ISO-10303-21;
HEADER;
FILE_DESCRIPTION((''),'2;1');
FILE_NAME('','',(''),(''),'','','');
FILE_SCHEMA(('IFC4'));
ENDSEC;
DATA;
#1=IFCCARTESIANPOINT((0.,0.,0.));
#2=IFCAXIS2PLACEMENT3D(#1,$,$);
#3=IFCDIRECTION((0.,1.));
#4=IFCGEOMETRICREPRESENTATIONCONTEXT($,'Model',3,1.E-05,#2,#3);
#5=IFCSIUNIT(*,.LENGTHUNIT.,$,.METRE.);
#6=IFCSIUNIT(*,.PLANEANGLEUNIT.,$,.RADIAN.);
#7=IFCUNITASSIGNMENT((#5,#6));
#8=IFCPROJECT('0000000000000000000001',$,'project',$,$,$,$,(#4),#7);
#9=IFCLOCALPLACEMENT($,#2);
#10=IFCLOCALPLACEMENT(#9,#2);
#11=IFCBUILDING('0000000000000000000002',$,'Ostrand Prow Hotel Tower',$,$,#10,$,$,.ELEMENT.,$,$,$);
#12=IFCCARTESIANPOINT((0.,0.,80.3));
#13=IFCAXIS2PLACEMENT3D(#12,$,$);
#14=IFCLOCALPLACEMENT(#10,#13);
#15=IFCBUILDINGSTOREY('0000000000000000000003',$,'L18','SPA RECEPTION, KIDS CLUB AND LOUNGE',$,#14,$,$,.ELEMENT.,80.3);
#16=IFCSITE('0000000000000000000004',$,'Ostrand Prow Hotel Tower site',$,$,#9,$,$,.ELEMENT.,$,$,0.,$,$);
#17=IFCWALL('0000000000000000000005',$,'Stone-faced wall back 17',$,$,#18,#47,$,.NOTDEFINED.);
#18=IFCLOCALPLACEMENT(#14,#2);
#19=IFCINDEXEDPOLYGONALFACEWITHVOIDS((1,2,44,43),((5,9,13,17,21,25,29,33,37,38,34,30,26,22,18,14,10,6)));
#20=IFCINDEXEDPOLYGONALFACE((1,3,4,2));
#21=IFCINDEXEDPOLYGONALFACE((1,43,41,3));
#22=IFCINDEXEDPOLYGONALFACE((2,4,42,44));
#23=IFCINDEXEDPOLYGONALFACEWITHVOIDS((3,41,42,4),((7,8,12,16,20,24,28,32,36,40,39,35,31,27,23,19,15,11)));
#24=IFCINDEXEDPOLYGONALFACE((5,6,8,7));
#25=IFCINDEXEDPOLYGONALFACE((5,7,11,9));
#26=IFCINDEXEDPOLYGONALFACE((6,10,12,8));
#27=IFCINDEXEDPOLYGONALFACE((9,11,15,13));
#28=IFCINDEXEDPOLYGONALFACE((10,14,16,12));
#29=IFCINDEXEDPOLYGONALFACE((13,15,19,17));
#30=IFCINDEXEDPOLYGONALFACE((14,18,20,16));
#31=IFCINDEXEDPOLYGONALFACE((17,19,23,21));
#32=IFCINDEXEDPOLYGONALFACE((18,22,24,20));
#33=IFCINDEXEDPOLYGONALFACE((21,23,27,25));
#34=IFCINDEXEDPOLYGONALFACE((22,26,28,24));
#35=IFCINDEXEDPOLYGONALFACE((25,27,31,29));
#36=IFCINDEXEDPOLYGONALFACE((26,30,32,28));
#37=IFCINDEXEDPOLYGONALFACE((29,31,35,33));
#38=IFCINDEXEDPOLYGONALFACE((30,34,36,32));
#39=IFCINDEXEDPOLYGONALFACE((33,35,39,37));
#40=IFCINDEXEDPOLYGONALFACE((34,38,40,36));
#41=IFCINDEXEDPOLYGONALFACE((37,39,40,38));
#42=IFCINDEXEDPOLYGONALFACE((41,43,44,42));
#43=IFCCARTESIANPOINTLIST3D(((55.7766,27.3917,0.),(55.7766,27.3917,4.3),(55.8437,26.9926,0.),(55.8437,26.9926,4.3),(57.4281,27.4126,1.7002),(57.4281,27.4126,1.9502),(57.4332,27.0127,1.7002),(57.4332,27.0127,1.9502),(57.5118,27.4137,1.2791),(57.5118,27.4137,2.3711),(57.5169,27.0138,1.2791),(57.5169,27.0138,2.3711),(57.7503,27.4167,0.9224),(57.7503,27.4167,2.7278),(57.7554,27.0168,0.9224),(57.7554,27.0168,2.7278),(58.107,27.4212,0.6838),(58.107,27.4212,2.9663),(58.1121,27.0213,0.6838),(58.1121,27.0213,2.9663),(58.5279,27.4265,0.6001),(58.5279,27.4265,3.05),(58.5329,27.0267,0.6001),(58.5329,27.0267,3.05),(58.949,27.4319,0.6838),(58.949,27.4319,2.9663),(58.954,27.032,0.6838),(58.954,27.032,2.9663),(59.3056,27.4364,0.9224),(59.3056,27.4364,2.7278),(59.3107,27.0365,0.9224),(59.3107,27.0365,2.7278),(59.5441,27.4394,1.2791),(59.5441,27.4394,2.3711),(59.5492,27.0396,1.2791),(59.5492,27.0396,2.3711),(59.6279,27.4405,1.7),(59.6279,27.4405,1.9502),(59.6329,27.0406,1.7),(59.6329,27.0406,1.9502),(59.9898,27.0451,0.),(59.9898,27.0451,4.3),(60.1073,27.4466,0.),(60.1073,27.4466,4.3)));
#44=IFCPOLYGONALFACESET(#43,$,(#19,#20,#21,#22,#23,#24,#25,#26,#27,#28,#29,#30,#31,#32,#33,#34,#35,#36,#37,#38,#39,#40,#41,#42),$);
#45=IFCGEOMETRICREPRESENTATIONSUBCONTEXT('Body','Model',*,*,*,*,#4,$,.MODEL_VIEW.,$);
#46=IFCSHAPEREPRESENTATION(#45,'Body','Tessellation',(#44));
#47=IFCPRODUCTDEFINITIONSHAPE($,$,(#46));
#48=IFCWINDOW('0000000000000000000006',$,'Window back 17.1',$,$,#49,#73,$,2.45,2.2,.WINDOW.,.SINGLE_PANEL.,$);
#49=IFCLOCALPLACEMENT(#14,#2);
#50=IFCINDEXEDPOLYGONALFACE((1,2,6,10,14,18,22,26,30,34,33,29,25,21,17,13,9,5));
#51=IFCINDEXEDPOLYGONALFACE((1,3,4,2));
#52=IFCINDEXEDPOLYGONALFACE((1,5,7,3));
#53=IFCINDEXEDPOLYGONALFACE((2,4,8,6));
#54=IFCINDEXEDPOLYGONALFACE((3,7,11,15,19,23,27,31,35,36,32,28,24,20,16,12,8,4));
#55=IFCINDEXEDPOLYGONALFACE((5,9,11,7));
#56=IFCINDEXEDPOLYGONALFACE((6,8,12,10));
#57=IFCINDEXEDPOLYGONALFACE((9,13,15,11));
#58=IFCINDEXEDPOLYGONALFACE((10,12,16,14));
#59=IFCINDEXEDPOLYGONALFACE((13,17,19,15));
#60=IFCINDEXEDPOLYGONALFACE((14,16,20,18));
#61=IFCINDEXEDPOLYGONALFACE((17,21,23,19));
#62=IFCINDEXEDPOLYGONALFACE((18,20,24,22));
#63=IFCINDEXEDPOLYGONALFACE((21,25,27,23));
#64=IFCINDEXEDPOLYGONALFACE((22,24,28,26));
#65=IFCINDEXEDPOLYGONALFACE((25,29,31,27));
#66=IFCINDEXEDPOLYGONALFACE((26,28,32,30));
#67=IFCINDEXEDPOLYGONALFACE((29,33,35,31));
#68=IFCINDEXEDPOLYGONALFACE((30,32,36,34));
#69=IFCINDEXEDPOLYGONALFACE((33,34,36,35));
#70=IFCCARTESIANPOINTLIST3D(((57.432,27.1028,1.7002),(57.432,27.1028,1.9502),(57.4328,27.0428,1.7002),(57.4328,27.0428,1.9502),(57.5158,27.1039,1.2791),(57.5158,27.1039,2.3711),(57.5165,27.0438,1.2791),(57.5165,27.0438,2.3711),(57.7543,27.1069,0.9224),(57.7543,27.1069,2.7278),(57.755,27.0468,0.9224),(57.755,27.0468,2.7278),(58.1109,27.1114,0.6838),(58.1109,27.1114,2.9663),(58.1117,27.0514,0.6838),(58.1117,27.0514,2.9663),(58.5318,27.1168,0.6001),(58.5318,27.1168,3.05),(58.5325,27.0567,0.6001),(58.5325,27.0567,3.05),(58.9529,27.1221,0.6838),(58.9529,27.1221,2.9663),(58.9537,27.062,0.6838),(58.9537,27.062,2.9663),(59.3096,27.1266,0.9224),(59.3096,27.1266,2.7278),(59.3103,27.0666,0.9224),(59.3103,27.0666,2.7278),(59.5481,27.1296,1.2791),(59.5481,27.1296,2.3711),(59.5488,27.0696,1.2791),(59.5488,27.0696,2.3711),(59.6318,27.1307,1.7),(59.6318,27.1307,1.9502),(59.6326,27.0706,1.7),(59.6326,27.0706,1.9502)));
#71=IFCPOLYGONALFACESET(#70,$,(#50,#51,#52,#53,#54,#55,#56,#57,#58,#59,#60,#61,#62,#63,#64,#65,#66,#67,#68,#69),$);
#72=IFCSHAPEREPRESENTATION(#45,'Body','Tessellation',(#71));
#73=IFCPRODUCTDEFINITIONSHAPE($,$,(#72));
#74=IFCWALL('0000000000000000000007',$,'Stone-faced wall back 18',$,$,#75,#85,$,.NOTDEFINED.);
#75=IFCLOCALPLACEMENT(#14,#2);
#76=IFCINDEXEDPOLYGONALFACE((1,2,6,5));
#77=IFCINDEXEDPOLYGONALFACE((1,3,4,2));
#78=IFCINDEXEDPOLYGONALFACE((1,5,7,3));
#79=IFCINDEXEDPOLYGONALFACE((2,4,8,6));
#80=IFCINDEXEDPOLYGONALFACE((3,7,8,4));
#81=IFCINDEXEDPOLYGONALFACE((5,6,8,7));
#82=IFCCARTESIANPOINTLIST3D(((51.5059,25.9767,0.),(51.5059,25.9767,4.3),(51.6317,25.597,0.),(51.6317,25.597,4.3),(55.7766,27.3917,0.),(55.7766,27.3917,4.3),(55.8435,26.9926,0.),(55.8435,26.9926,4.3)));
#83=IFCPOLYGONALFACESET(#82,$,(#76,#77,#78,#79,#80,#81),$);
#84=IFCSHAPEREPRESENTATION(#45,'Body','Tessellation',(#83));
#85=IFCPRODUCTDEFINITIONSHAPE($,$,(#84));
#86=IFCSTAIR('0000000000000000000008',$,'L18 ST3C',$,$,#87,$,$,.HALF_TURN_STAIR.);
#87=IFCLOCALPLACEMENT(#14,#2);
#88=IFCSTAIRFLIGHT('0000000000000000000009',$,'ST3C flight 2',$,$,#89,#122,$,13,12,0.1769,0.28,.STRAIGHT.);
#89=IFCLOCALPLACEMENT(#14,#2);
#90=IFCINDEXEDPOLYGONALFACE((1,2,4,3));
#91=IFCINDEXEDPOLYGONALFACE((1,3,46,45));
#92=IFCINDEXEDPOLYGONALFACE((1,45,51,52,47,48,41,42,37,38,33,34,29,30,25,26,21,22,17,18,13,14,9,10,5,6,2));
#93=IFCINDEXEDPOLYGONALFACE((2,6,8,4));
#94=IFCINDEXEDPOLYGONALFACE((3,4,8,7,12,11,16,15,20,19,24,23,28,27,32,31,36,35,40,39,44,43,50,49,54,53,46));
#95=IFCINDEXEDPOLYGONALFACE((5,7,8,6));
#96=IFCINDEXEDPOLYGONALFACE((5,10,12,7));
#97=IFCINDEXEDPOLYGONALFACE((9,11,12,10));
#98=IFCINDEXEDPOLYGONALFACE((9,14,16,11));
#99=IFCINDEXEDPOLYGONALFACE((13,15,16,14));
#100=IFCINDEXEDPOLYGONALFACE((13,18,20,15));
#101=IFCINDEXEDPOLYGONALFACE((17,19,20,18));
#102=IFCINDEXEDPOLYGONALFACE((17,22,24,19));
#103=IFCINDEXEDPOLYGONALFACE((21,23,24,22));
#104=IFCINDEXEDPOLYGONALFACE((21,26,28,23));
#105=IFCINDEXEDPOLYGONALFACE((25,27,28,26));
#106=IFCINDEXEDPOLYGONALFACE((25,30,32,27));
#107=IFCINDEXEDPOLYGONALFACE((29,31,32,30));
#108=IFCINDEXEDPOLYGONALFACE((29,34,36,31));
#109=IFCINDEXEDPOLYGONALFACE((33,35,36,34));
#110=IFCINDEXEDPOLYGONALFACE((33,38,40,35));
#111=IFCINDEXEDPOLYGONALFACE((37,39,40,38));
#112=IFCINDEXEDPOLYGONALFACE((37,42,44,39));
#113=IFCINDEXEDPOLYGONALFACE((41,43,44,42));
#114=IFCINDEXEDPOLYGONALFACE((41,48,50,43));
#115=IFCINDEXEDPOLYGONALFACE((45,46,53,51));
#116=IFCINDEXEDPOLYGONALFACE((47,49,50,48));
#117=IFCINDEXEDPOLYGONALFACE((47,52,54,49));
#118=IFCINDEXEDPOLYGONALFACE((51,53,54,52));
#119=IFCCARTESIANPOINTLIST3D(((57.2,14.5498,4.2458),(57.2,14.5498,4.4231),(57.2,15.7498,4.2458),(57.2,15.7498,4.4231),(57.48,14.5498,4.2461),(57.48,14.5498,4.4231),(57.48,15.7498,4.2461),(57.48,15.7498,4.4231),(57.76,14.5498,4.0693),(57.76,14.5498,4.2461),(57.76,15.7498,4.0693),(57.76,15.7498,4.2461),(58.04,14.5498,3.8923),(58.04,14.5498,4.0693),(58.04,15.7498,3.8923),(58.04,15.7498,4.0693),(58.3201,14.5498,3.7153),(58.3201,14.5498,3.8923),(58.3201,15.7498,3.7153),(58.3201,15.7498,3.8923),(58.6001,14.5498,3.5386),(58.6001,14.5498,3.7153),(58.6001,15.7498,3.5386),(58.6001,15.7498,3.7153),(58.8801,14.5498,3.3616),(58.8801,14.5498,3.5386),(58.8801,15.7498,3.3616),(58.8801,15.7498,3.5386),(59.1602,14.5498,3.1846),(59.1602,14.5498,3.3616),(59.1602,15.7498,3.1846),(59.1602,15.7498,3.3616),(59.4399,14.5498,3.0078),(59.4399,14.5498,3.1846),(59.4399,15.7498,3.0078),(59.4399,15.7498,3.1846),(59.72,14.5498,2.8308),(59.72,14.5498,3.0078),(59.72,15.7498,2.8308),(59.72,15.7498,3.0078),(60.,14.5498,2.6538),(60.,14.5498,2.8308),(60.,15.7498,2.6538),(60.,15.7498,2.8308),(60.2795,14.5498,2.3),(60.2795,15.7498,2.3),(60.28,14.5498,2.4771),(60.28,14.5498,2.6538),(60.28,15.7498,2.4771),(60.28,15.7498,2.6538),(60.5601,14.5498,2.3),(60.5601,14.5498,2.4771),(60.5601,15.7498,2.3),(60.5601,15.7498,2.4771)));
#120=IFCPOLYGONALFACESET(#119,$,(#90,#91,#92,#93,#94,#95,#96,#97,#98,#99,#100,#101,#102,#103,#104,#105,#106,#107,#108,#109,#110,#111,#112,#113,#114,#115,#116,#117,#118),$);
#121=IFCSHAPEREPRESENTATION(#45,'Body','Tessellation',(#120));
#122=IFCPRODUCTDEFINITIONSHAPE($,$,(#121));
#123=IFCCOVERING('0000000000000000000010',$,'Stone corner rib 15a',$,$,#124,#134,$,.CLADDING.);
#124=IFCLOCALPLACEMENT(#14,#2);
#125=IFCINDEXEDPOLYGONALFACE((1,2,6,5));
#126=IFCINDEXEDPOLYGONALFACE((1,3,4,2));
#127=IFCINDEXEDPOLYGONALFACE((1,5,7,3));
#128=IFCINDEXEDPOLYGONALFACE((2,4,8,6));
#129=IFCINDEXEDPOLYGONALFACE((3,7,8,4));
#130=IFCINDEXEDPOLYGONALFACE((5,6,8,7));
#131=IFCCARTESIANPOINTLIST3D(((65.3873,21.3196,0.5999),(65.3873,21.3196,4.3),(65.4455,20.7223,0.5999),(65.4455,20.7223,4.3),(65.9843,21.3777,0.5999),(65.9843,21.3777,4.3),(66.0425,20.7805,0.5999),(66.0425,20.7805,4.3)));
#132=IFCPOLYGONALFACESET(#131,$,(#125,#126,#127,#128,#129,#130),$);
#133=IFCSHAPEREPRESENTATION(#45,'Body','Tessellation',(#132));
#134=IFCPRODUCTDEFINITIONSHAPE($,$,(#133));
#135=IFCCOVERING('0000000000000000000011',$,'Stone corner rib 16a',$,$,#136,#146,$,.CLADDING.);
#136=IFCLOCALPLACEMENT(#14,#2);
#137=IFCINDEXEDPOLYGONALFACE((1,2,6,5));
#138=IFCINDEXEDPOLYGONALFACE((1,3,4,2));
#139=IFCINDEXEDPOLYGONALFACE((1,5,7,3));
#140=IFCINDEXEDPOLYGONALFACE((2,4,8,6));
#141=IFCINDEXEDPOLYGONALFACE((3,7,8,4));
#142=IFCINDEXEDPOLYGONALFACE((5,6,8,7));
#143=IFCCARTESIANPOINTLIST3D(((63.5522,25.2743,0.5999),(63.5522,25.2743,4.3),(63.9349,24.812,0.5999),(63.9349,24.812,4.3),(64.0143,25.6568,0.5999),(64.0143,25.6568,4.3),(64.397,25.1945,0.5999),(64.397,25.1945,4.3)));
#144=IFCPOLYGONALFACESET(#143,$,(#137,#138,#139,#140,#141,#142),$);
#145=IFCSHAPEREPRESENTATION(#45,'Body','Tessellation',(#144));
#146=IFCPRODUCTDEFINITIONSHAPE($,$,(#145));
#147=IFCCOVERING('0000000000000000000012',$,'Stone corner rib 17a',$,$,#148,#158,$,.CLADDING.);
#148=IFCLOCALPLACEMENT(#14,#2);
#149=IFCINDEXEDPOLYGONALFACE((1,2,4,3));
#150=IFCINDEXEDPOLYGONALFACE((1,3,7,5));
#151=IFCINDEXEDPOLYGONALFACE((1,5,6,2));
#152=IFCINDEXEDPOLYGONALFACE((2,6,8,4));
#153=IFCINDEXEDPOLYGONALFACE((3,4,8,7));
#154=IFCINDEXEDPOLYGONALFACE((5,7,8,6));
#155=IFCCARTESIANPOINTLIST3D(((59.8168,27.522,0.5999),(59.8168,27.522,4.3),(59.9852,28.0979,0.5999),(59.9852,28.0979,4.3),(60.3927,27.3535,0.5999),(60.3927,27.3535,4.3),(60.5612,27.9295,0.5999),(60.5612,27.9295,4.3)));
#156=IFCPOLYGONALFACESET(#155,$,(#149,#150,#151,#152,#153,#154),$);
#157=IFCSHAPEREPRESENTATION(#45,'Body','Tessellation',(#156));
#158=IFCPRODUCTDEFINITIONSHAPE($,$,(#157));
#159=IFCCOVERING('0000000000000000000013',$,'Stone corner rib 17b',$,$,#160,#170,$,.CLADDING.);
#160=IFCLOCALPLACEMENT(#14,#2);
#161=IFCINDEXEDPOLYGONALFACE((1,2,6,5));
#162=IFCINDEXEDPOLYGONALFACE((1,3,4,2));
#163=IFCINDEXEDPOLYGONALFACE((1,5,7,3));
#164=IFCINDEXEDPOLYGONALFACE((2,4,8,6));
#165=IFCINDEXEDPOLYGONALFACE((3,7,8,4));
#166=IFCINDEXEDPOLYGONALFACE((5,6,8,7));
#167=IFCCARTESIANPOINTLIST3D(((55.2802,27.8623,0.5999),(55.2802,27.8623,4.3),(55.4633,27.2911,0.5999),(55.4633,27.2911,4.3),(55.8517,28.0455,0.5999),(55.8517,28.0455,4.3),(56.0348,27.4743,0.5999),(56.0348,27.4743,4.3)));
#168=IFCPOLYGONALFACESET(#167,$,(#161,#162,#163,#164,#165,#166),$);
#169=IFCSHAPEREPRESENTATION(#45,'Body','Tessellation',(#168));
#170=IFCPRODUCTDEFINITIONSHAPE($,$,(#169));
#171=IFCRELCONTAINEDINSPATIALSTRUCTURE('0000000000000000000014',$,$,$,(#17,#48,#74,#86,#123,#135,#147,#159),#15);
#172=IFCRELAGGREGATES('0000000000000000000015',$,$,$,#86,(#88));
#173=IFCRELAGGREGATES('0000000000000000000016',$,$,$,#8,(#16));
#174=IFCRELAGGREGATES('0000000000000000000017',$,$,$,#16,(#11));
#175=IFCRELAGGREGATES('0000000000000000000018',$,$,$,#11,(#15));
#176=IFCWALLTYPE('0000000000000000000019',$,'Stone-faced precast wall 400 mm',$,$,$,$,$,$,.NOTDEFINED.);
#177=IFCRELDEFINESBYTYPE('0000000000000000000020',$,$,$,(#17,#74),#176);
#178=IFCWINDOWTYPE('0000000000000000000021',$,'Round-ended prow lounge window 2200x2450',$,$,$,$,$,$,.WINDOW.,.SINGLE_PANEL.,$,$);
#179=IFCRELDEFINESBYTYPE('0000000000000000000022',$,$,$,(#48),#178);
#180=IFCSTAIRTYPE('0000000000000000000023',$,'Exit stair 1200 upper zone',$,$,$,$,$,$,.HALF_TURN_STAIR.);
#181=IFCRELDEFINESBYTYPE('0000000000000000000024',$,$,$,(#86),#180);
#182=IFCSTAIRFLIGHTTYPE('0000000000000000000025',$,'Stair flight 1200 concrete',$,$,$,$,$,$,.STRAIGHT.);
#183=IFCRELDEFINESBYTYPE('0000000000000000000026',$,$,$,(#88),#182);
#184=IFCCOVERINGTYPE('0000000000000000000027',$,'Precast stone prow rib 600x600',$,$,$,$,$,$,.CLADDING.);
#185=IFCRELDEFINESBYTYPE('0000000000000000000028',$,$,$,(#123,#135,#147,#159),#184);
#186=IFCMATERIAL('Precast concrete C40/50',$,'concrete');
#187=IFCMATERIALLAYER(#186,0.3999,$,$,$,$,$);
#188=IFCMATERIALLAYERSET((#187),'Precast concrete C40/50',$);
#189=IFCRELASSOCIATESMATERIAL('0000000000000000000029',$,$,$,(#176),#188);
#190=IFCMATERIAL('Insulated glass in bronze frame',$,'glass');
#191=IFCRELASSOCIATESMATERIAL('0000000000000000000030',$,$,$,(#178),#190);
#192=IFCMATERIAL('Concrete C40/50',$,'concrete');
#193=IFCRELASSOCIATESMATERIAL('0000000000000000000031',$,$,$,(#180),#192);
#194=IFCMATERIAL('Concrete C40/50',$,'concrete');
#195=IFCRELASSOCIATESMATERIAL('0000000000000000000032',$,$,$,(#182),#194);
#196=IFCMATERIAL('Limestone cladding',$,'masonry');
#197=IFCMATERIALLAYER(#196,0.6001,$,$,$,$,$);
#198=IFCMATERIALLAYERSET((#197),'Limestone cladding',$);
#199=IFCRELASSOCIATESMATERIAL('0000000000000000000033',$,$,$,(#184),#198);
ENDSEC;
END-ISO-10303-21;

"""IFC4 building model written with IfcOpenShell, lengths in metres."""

from ifc_helpers import new_model, si_unit, direction, frame, frame_2d, origin, place, context, subcontext, project, spatial, polyline, rectangle, outline, extrude, material, layer, layer_set, type_object, element, fill, aggregate, save


model = new_model("IFC4")

# Units and contexts
model_context = context("Model", 3, precision=1e-05, world=origin(), true_north=direction((0.0, 1.0)))
body_context = subcontext(model_context, "Body", "Model", "MODEL_VIEW")
ifc_project = project(units=[si_unit("LENGTHUNIT", "METRE"), si_unit("PLANEANGLEUNIT", "RADIAN")], contexts=[model_context])

# Site, building, storey
site_placement = place(None, origin())
site = spatial("IfcSite", under=ifc_project, at=site_placement, Name="Ostrand Prow Hotel Tower site", CompositionType="ELEMENT", RefElevation=0.0)
building_placement = place(site_placement, origin())
building = spatial("IfcBuilding", under=site, at=building_placement, Name="Ostrand Prow Hotel Tower", CompositionType="ELEMENT")
storey_placement = place(building_placement, frame((0.0, 0.0, 80.3)))
storey = spatial("IfcBuildingStorey", under=building, at=storey_placement, Name="L18", Description="SPA RECEPTION, KIDS CLUB AND LOUNGE", CompositionType="ELEMENT", Elevation=80.3)

# Shared definitions
ifc_material_1 = material(Name="Precast concrete C40/50", Category="concrete")
ifc_layer_1 = layer(ifc_material_1, 0.3999)
ifc_layer_set_1 = layer_set([ifc_layer_1], Name="Precast concrete C40/50")
wall_type_1 = type_object("IfcWallType", Name="Stone-faced precast wall 400 mm", PredefinedType="NOTDEFINED", material=ifc_layer_set_1)

# Wall, opening, window
ifc_material_2 = material(Name="Insulated glass in bronze frame", Category="glass")
window_type_1 = type_object("IfcWindowType", Name="Round-ended prow lounge window 2200x2450", PartitioningType="SINGLE_PANEL", PredefinedType="WINDOW", material=ifc_material_2)
wall_1_placement = place(storey_placement, frame((60.0486, 27.2458, 0.0), z_axis=(0.0, 0.0, 1.0), x_axis=(-0.99992, -0.012671, 0.0)))
wall_1 = element("IfcWall", 1, at=wall_1_placement, inside=storey, type_object=wall_type_1, Name="Stone-faced wall back 17", PredefinedType="NOTDEFINED", context=body_context, shape_type="SweptSolid", body=[
    extrude(outline(polyline([(-0.0613, -0.2), (4.2698, -0.2), (4.2078, 0.2), (0.0613, 0.2), (-0.0613, -0.2)])), origin(), (0.0, 0.0, 1.0), 4.3),
])
opening_1_placement = place(wall_1_placement, frame((0.4182, 0.0, 0.6001)))
opening_1 = element("IfcOpeningElement", 2, at=opening_1_placement, cuts=wall_1, PredefinedType="OPENING", context=body_context, shape_type="SweptSolid", body=[
    extrude(outline(polyline([(0.0, 1.3501), (0.0837, 1.771), (0.3223, 2.1277), (0.679, 2.3662), (1.1001, 2.45), (1.521, 2.3662), (1.8777, 2.1277), (2.1162, 1.771), (2.2, 1.3501), (2.2, 1.1001), (2.1162, 0.679), (1.8777, 0.3223), (1.521, 0.0837), (1.1001, 0.0), (0.679, 0.0837), (0.3223, 0.3223), (0.0837, 0.679), (0.0, 1.0999), (0.0, 1.3501)])), frame((0.0, 0.21, 0.0), z_axis=(0.0, -1.0, 0.0), x_axis=(1.0, 0.0, 0.0)), (0.0, 0.0, 1.0), 0.4199),
])
window_1_placement = place(opening_1_placement, origin())
window_1 = element("IfcWindow", 3, at=window_1_placement, inside=storey, type_object=window_type_1, Name="Window back 17.1", OverallHeight=2.45, OverallWidth=2.2, PartitioningType="SINGLE_PANEL", PredefinedType="WINDOW", context=body_context, shape_type="SweptSolid", body=[
    extrude(outline(polyline([(0.0, 1.3501), (0.0837, 1.771), (0.3223, 2.1277), (0.679, 2.3662), (1.1001, 2.45), (1.521, 2.3662), (1.8777, 2.1277), (2.1162, 1.771), (2.2, 1.3501), (2.2, 1.1001), (2.1162, 0.679), (1.8777, 0.3223), (1.521, 0.0837), (1.1001, 0.0), (0.679, 0.0837), (0.3223, 0.3223), (0.0837, 0.679), (0.0, 1.0999), (0.0, 1.3501)])), frame((0.0, 0.1699, 0.0), z_axis=(0.0, -1.0, 0.0), x_axis=(1.0, 0.0, 0.0)), (0.0, 0.0, 1.0), 0.0601),
])
fill(opening_1, window_1)

# Wall
wall_2_placement = place(storey_placement, frame((55.8101, 27.1921, 0.0), z_axis=(0.0, 0.0, 1.0), x_axis=(-0.94925, -0.314522, 0.0)))
element("IfcWall", 4, at=wall_2_placement, inside=storey, type_object=wall_type_1, Name="Stone-faced wall back 18", PredefinedType="NOTDEFINED", context=body_context, shape_type="SweptSolid", body=[
    extrude(outline(polyline([(-0.031, -0.2), (4.468, -0.2), (4.468, 0.2), (0.031, 0.2), (-0.031, -0.2)])), origin(), (0.0, 0.0, 1.0), 4.3),
])

# Stair, stair flight
ifc_material_3 = material(Name="Concrete C40/50", Category="concrete")
stair_type = type_object("IfcStairType", Name="Exit stair 1200 upper zone", PredefinedType="HALF_TURN_STAIR", material=ifc_material_3)
stair_placement = place(storey_placement, origin())
stair = element("IfcStair", 5, at=stair_placement, inside=storey, type_object=stair_type, Name="L18 ST3C", PredefinedType="HALF_TURN_STAIR")
ifc_material_4 = material(Name="Concrete C40/50", Category="concrete")
stair_flight_type = type_object("IfcStairFlightType", Name="Stair flight 1200 concrete", PredefinedType="STRAIGHT", material=ifc_material_4)
stair_flight_placement = place(storey_placement, frame((60.5601, 15.1499, 2.3), z_axis=(0.0, 0.0, 1.0), x_axis=(-1.0, 0.0, 0.0)))
stair_flight = element("IfcStairFlight", 6, at=stair_flight_placement, type_object=stair_flight_type, Name="ST3C flight 2", NumberOfRisers=13, NumberOfTreads=12, PredefinedType="STRAIGHT", RiserHeight=0.1769, TreadLength=0.28, context=body_context, shape_type="SweptSolid", body=[
    extrude(outline(polyline([(0.0, 0.0), (0.0, 0.177), (0.28, 0.177), (0.28, 0.3538), (0.5601, 0.3538), (0.5601, 0.5308), (0.8401, 0.5308), (0.8401, 0.7078), (1.1201, 0.7078), (1.1201, 0.8845), (1.3999, 0.8845), (1.3999, 1.0615), (1.6799, 1.0615), (1.6799, 1.2385), (1.96, 1.2385), (1.96, 1.4153), (2.24, 1.4153), (2.24, 1.5923), (2.52, 1.5923), (2.52, 1.7693), (2.8, 1.7693), (2.8, 1.946), (3.0801, 1.946), (3.0801, 2.123), (3.3601, 2.123), (3.3601, 2.3), (3.3601, 1.9458), (0.2805, 0.0), (0.0, 0.0)])), frame((0.0, 0.6001, 0.0), z_axis=(0.0, -1.0, 0.0), x_axis=(1.0, 0.0, 0.0)), (0.0, 0.0, 1.0), 1.2),
])
aggregate(stair, [stair_flight])

# Coverings
ifc_material_5 = material(Name="Limestone cladding", Category="masonry")
ifc_layer_2 = layer(ifc_material_5, 0.6001)
ifc_layer_set_2 = layer_set([ifc_layer_2], Name="Limestone cladding")
covering_type = type_object("IfcCoveringType", Name="Precast stone prow rib 600x600", PredefinedType="CLADDING", material=ifc_layer_set_2)
for number, where, z_axis, x_axis, name in (
    (7, (65.4165, 21.021, 0.5999), (0.0, 0.0, 1.0), (0.995296, 0.096884, 0.0), "Stone corner rib 15a"),
    (8, (63.7437, 25.0432, 0.5999), (0.0, 0.0, 1.0), (0.770319, 0.637659, 0.0), "Stone corner rib 16a"),
):
    element("IfcCovering", number, at=place(storey_placement, frame(where, z_axis=z_axis, x_axis=x_axis)), inside=storey, type_object=covering_type, Name=name, PredefinedType="CLADDING", context=body_context, shape_type="SweptSolid", body=[
        extrude(rectangle(XDim=0.5999, YDim=0.6001, at=frame_2d((0.2998, 0.0))), origin(), (0.0, 0.0, 1.0), 3.7002),
    ])
covering_1_placement = place(storey_placement, frame((60.1047, 27.4377, 0.5999), z_axis=(0.0, 0.0, 1.0), x_axis=(0.280734, 0.959786, 0.0)))
element("IfcCovering", 9, at=covering_1_placement, inside=storey, type_object=covering_type, Name="Stone corner rib 17a", PredefinedType="CLADDING", context=body_context, shape_type="SweptSolid", body=[
    extrude(rectangle(XDim=0.6001, YDim=0.6001, at=frame_2d((0.3, 0.0))), origin(), (0.0, 0.0, 1.0), 3.7002),
])
covering_2_placement = place(storey_placement, frame((55.749, 27.3828, 0.5999), z_axis=(0.0, 0.0, 1.0), x_axis=(-0.305219, 0.952282, 0.0)))
element("IfcCovering", 10, at=covering_2_placement, inside=storey, type_object=covering_type, Name="Stone corner rib 17b", PredefinedType="CLADDING", context=body_context, shape_type="SweptSolid", body=[
    extrude(rectangle(XDim=0.5999, YDim=0.6001, at=frame_2d((0.2998, 0.0))), origin(), (0.0, 0.0, 1.0), 3.7002),
])

save(model, "model.ifc")
